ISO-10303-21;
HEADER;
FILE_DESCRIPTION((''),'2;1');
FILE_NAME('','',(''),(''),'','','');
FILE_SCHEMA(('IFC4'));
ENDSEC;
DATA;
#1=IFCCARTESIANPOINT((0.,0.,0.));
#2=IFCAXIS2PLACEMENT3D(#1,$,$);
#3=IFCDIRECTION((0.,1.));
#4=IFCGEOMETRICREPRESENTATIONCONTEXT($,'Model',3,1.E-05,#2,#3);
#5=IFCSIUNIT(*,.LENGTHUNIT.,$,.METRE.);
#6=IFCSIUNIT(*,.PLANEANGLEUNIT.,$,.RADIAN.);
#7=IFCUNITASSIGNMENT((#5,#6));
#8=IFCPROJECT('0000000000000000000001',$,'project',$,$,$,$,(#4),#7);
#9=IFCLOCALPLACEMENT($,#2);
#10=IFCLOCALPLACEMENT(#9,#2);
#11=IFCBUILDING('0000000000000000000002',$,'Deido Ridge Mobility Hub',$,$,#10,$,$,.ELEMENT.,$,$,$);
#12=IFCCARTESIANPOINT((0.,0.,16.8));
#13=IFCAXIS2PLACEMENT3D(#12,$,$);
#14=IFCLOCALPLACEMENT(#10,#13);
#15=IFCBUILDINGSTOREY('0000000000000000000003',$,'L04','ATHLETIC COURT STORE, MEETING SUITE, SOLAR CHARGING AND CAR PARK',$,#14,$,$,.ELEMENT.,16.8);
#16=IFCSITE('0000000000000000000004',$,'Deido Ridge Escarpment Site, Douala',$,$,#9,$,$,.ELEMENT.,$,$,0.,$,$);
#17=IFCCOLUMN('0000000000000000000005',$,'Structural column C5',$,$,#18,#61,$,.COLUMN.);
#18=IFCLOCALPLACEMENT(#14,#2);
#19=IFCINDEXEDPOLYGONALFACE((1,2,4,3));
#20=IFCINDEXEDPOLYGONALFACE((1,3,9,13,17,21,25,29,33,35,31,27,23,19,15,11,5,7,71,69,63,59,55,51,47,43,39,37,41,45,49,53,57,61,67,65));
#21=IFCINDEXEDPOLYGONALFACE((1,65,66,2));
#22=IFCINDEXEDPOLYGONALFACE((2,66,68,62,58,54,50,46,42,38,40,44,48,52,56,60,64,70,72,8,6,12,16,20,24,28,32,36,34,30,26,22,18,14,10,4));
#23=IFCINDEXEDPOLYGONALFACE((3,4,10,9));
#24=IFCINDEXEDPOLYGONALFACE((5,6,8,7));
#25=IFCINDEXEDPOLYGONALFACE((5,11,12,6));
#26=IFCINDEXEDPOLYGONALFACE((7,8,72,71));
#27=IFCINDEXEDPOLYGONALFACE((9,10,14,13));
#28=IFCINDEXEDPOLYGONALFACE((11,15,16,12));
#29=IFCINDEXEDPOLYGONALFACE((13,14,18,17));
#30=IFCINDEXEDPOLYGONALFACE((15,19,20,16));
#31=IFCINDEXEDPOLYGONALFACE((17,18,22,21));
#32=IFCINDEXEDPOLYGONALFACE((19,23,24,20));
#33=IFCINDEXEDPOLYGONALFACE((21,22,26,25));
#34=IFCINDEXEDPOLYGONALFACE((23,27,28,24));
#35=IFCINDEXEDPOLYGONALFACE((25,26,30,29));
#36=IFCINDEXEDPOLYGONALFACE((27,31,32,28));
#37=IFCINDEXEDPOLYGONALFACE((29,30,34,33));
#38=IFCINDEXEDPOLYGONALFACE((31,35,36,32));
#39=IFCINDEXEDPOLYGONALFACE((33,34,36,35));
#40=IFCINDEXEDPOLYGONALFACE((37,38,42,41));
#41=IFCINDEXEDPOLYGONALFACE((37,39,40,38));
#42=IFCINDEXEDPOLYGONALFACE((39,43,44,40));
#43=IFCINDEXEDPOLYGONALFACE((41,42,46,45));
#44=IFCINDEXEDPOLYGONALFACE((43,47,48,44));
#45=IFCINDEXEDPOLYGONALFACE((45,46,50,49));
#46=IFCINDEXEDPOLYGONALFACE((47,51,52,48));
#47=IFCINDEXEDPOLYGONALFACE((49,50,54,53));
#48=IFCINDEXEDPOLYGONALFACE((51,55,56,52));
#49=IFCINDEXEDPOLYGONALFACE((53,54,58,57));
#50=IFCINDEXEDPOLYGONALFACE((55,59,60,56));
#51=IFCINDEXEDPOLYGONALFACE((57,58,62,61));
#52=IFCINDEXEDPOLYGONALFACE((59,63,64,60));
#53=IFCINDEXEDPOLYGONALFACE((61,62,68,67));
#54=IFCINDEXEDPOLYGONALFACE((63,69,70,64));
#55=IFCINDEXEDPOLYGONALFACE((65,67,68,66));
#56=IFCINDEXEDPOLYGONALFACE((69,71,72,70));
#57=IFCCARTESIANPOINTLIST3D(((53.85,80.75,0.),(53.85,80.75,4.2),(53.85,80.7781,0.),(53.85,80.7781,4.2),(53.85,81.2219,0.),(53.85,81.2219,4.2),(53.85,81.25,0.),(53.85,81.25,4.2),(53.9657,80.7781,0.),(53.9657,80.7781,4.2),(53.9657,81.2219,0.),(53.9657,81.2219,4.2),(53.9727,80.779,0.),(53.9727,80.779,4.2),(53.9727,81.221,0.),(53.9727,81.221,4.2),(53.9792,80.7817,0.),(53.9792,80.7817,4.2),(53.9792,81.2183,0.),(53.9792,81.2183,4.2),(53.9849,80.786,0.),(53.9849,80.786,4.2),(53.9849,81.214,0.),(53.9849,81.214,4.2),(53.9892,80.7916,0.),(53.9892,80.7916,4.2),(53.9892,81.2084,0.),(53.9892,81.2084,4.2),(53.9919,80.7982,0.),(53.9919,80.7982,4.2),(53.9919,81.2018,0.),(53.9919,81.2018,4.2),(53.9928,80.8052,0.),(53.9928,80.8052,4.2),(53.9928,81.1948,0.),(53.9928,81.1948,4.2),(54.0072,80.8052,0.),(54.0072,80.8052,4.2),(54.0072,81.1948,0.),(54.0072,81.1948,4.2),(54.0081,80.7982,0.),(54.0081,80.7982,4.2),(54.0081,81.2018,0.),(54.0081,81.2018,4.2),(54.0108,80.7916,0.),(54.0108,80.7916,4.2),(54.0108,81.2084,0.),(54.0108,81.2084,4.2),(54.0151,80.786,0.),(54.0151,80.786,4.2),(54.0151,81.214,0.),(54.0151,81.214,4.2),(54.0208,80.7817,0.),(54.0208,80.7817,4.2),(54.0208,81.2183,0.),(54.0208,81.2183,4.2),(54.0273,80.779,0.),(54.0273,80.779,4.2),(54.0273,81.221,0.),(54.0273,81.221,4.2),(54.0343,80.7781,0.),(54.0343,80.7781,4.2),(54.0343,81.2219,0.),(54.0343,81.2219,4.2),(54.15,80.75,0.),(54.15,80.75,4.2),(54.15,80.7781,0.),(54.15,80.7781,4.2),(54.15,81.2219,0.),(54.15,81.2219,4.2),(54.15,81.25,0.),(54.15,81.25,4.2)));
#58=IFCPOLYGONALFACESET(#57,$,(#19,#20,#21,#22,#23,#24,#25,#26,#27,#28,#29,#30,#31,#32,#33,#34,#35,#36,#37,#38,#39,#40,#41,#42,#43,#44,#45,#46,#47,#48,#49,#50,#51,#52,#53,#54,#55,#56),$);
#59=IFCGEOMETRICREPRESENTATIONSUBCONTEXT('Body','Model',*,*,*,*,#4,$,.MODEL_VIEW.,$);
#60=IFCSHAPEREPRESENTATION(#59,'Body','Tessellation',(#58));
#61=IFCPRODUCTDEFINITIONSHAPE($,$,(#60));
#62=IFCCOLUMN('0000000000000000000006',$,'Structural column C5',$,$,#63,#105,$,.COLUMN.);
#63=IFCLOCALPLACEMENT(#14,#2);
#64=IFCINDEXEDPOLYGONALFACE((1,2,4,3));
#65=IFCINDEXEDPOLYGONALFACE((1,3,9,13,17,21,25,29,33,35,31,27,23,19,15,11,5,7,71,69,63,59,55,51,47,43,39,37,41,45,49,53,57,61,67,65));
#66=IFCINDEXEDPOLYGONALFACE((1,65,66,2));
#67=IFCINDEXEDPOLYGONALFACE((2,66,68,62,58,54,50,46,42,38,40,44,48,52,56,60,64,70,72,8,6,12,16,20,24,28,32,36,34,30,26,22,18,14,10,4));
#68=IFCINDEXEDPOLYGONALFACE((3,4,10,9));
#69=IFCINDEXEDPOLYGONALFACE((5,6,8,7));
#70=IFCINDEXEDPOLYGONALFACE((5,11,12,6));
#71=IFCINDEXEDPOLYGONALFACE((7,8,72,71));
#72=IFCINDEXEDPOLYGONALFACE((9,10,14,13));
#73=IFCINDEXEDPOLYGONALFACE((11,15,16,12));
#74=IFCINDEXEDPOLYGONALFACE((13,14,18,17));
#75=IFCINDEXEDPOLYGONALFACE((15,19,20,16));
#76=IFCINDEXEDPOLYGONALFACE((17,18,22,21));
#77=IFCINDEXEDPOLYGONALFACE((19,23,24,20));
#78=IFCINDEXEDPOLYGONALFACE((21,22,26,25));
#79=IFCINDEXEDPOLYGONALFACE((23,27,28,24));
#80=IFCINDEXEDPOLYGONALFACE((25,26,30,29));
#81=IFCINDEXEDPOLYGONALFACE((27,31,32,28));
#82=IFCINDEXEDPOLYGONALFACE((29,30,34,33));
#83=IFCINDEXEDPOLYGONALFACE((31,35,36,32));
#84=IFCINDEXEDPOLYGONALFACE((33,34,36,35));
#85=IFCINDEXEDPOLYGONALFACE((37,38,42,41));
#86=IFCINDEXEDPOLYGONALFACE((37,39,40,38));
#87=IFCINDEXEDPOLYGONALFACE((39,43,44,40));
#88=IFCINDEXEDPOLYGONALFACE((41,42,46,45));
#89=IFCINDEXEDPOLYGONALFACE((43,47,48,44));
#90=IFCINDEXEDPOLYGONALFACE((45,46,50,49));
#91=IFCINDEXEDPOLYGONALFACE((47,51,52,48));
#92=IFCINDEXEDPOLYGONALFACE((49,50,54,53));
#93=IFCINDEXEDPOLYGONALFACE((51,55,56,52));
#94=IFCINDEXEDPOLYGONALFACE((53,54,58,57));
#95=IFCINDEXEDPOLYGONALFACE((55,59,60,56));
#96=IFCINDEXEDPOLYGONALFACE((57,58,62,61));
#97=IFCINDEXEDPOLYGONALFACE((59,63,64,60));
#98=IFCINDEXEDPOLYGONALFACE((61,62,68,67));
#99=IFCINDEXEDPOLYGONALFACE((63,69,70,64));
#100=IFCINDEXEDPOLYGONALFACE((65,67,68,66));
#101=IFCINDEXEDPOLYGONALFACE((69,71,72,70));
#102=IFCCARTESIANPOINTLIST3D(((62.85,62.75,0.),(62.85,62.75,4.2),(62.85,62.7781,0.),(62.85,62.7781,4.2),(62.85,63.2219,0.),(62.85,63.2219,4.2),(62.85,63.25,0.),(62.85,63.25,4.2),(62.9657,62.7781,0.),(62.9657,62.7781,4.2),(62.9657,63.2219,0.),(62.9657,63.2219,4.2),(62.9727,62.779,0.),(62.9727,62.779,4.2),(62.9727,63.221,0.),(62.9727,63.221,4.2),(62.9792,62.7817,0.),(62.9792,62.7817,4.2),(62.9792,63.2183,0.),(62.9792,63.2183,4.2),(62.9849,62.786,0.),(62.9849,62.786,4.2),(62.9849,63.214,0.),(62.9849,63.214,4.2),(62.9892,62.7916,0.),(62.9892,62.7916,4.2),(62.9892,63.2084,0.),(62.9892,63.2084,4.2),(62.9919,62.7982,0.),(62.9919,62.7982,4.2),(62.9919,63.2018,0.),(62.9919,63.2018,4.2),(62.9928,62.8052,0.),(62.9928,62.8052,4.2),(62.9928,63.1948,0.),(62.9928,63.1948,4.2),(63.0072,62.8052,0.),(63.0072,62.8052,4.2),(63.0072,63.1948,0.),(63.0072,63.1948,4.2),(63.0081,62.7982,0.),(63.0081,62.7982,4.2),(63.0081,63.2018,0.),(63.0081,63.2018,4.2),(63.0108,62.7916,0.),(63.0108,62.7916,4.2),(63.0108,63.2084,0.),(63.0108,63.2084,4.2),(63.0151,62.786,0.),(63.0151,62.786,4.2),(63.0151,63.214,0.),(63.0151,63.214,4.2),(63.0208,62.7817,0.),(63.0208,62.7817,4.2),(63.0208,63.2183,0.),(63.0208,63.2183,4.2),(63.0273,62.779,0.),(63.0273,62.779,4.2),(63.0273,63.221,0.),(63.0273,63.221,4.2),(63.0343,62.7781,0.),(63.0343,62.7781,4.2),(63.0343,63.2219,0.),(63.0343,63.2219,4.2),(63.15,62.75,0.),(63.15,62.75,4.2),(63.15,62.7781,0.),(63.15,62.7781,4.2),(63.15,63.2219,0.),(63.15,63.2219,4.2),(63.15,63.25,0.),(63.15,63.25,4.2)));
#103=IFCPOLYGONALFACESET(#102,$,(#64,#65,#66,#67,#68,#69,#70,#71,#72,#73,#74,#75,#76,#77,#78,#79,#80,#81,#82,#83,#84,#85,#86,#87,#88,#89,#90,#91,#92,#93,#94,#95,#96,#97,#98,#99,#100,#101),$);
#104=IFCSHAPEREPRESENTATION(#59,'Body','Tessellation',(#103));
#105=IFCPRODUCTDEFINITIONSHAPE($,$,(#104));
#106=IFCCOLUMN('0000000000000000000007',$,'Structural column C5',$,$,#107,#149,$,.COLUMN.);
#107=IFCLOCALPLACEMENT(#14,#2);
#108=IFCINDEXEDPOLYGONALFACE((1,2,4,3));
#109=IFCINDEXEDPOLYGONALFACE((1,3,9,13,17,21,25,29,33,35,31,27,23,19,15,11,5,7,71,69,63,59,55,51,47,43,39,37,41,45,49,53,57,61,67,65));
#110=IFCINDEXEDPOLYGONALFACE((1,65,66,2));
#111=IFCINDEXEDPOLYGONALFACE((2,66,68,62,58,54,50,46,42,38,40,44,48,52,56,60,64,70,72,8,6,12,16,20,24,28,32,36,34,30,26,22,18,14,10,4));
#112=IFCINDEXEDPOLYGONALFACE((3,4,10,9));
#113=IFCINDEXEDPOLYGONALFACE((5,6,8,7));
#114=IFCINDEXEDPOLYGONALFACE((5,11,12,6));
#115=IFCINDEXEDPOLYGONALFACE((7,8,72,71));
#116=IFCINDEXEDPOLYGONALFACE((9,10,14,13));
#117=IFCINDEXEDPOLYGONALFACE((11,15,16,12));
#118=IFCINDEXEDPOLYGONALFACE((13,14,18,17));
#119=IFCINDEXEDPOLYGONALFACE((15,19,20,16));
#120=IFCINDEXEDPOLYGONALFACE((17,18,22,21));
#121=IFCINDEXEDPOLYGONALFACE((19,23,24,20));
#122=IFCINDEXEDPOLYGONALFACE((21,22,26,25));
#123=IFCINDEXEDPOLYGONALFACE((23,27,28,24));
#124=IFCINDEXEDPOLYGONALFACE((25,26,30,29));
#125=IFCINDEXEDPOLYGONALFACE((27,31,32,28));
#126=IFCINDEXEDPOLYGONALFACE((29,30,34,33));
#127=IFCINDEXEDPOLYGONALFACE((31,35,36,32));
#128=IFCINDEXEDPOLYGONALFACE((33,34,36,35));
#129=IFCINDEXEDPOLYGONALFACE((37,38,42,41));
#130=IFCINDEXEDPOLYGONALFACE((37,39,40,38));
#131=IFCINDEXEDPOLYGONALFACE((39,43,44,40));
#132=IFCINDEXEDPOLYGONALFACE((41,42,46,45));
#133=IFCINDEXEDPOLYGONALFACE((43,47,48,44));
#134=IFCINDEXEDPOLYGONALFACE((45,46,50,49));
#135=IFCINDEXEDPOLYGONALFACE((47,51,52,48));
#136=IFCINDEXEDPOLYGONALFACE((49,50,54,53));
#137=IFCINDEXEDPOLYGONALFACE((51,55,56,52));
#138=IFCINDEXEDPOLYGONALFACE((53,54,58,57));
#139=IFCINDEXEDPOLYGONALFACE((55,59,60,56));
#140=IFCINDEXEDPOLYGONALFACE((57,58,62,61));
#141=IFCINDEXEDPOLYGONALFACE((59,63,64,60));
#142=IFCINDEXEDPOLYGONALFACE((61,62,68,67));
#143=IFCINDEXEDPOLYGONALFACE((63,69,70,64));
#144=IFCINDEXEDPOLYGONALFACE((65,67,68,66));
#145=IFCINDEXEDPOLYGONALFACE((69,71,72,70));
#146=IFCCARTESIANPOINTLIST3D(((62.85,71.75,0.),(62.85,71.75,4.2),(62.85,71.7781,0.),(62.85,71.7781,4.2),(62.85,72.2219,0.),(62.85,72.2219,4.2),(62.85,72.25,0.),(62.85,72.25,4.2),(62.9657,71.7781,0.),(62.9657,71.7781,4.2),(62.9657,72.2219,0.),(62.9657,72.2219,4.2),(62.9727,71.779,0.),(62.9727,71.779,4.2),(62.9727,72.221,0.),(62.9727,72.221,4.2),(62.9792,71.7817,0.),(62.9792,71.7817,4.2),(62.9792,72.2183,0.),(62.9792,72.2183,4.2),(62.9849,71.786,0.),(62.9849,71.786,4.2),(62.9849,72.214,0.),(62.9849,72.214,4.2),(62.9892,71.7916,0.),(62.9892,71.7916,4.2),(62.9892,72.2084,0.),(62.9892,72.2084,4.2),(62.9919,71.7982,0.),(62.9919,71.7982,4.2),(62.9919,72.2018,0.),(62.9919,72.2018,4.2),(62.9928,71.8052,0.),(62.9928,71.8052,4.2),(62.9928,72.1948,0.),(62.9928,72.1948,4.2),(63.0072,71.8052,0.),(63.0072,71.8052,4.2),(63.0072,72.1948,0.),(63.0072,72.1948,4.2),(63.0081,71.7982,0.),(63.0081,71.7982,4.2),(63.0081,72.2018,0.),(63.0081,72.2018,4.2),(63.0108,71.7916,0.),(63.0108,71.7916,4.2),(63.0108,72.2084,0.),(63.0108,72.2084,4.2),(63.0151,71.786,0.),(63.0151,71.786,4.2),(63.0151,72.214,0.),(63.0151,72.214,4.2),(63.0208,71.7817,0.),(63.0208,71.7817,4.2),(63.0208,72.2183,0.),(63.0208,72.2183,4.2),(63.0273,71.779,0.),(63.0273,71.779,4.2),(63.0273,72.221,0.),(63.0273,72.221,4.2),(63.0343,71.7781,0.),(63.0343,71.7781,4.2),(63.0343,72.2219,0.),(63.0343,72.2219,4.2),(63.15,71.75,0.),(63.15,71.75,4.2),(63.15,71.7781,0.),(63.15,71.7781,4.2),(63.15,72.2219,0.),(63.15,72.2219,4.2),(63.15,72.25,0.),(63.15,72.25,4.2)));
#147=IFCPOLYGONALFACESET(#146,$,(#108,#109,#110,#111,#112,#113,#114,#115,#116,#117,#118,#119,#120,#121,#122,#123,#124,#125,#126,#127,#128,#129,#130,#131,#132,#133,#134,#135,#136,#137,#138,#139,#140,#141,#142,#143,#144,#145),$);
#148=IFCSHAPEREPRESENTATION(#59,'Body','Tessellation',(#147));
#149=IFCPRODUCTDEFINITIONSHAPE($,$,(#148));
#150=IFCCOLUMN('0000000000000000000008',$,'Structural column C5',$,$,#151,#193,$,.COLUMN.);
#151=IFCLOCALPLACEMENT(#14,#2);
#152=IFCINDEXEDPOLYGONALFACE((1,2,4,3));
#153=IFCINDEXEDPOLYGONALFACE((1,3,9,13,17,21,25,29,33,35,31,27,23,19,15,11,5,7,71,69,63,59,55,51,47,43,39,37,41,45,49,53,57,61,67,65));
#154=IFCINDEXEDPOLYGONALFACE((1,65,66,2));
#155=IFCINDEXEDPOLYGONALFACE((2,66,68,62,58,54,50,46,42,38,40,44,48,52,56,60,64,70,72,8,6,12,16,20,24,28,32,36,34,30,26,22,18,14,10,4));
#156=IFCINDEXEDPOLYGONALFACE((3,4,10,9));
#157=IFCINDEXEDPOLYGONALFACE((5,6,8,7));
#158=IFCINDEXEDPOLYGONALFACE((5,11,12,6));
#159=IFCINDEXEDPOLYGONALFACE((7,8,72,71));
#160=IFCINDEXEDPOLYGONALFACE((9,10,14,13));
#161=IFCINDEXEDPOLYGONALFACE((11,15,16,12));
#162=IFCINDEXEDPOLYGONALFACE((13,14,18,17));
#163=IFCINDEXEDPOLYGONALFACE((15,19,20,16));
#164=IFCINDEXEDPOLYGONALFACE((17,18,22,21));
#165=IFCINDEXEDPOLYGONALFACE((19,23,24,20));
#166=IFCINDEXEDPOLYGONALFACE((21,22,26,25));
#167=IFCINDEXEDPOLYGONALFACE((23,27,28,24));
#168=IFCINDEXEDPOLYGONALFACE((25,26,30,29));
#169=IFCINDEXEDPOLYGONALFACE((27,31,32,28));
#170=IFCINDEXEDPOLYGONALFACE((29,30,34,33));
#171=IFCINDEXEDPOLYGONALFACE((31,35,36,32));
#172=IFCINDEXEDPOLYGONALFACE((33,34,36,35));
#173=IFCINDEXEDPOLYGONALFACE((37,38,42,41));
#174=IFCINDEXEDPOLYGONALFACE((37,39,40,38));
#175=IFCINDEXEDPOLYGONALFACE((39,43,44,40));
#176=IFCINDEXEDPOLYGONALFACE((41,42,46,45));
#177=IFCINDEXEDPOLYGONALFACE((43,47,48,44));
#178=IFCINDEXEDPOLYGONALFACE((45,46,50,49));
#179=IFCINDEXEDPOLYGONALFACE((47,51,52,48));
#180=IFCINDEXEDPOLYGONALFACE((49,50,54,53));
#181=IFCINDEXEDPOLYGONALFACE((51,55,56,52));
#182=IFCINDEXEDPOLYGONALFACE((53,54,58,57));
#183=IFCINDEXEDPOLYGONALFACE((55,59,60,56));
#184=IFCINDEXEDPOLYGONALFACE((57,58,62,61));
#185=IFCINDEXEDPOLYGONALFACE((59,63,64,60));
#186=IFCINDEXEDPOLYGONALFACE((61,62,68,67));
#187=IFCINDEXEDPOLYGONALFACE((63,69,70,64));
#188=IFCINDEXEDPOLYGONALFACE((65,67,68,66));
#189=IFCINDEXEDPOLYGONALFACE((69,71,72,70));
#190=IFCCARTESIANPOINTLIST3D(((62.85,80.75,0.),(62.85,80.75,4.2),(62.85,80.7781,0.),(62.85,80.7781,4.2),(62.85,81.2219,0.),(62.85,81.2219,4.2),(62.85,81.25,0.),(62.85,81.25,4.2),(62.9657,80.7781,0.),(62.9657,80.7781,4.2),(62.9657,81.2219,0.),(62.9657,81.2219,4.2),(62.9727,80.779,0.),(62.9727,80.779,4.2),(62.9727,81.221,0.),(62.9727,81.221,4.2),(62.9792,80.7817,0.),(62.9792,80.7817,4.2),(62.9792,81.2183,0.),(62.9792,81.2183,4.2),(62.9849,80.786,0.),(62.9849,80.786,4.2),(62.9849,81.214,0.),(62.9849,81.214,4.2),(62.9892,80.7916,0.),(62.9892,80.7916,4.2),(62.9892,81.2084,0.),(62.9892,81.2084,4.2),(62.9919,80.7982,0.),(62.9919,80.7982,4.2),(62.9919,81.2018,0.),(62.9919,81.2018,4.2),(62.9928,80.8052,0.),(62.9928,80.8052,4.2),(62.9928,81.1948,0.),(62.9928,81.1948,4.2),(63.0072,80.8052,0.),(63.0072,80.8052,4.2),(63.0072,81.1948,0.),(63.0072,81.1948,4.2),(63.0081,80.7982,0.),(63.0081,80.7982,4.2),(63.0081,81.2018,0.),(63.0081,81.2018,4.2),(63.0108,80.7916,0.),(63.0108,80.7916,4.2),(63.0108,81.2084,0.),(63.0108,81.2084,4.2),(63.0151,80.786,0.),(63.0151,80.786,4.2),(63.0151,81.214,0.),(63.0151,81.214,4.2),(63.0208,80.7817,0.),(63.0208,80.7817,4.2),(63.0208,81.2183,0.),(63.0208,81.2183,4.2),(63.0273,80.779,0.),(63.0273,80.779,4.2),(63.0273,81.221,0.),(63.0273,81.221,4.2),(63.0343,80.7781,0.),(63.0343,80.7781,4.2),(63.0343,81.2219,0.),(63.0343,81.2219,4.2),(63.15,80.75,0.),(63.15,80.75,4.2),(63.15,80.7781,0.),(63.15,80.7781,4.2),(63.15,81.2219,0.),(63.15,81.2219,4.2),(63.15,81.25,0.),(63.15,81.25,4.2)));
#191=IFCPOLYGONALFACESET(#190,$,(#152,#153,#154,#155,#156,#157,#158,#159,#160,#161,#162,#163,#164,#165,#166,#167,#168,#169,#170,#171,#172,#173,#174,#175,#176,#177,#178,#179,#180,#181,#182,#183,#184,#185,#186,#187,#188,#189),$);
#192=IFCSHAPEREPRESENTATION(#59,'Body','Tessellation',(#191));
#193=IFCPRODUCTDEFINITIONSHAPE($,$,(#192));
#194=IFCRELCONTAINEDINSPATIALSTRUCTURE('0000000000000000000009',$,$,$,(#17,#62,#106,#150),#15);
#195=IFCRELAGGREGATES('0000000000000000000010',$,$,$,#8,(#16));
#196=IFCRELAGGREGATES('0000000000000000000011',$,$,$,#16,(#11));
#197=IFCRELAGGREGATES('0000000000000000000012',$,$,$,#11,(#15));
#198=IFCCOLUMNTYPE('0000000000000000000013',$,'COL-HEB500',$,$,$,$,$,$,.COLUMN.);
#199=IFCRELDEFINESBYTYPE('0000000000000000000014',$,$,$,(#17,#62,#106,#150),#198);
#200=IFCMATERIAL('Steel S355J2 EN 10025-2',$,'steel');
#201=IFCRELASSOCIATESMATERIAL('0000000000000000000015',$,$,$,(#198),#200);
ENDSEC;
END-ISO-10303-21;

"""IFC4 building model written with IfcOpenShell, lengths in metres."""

from ifc_helpers import new_model, si_unit, direction, frame, origin, origin_2d, place, context, subcontext, project, spatial, i_section, extrude, material, material_profile, profile_set, type_object, element, save


model = new_model("IFC4")

# Units and contexts
model_context = context("Model", 3, precision=1e-05, world=origin(), true_north=direction((0.0, 1.0)))
body_context = subcontext(model_context, "Body", "Model", "MODEL_VIEW")
ifc_project = project(units=[si_unit("LENGTHUNIT", "METRE"), si_unit("PLANEANGLEUNIT", "RADIAN")], contexts=[model_context])

# Site, building, storey
site_placement = place(None, origin())
site = spatial("IfcSite", under=ifc_project, at=site_placement, Name="Deido Ridge Escarpment Site, Douala", CompositionType="ELEMENT", RefElevation=0.0)
building_placement = place(site_placement, origin())
building = spatial("IfcBuilding", under=site, at=building_placement, Name="Deido Ridge Mobility Hub", CompositionType="ELEMENT")
storey_placement = place(building_placement, frame((0.0, 0.0, 16.8)))
storey = spatial("IfcBuildingStorey", under=building, at=storey_placement, Name="L04", Description="ATHLETIC COURT STORE, MEETING SUITE, SOLAR CHARGING AND CAR PARK", CompositionType="ELEMENT", Elevation=16.8)

# Columns
ifc_material_1 = material(Name="Steel S355J2 EN 10025-2", Category="steel")
ifc_material_profile_1 = material_profile(ifc_material_1, i_section(OverallWidth=0.3, OverallDepth=0.5, WebThickness=0.0144, FlangeThickness=0.0281, FilletRadius=0.0271, at=origin_2d()), Name="HEB 500")
ifc_profile_set_1 = profile_set([ifc_material_profile_1], Name="Steel S355J2 EN 10025-2")
column_type = type_object("IfcColumnType", Name="COL-HEB500", PredefinedType="COLUMN", material=ifc_profile_set_1)
for number, where, z_axis, x_axis, name in (
    (1, (54.0, 81.0, 0.0), (0.0, 0.0, 1.0), (1.0, 0.0, 0.0), "Structural column C5"),
    (2, (63.0, 63.0, 0.0), (0.0, 0.0, 1.0), (1.0, 0.0, 0.0), "Structural column C5"),
    (3, (63.0, 72.0, 0.0), (0.0, 0.0, 1.0), (1.0, 0.0, 0.0), "Structural column C5"),
    (4, (63.0, 81.0, 0.0), (0.0, 0.0, 1.0), (1.0, 0.0, 0.0), "Structural column C5"),
):
    element("IfcColumn", number, at=place(storey_placement, frame(where, z_axis=z_axis, x_axis=x_axis)), inside=storey, type_object=column_type, Name=name, PredefinedType="COLUMN", context=body_context, shape_type="SweptSolid", body=[
        extrude(i_section(OverallWidth=0.3, OverallDepth=0.5, WebThickness=0.0144, FlangeThickness=0.0281, FilletRadius=0.0271, at=origin_2d()), origin(), (0.0, 0.0, 1.0), 4.2),
    ])

save(model, "model.ifc")
